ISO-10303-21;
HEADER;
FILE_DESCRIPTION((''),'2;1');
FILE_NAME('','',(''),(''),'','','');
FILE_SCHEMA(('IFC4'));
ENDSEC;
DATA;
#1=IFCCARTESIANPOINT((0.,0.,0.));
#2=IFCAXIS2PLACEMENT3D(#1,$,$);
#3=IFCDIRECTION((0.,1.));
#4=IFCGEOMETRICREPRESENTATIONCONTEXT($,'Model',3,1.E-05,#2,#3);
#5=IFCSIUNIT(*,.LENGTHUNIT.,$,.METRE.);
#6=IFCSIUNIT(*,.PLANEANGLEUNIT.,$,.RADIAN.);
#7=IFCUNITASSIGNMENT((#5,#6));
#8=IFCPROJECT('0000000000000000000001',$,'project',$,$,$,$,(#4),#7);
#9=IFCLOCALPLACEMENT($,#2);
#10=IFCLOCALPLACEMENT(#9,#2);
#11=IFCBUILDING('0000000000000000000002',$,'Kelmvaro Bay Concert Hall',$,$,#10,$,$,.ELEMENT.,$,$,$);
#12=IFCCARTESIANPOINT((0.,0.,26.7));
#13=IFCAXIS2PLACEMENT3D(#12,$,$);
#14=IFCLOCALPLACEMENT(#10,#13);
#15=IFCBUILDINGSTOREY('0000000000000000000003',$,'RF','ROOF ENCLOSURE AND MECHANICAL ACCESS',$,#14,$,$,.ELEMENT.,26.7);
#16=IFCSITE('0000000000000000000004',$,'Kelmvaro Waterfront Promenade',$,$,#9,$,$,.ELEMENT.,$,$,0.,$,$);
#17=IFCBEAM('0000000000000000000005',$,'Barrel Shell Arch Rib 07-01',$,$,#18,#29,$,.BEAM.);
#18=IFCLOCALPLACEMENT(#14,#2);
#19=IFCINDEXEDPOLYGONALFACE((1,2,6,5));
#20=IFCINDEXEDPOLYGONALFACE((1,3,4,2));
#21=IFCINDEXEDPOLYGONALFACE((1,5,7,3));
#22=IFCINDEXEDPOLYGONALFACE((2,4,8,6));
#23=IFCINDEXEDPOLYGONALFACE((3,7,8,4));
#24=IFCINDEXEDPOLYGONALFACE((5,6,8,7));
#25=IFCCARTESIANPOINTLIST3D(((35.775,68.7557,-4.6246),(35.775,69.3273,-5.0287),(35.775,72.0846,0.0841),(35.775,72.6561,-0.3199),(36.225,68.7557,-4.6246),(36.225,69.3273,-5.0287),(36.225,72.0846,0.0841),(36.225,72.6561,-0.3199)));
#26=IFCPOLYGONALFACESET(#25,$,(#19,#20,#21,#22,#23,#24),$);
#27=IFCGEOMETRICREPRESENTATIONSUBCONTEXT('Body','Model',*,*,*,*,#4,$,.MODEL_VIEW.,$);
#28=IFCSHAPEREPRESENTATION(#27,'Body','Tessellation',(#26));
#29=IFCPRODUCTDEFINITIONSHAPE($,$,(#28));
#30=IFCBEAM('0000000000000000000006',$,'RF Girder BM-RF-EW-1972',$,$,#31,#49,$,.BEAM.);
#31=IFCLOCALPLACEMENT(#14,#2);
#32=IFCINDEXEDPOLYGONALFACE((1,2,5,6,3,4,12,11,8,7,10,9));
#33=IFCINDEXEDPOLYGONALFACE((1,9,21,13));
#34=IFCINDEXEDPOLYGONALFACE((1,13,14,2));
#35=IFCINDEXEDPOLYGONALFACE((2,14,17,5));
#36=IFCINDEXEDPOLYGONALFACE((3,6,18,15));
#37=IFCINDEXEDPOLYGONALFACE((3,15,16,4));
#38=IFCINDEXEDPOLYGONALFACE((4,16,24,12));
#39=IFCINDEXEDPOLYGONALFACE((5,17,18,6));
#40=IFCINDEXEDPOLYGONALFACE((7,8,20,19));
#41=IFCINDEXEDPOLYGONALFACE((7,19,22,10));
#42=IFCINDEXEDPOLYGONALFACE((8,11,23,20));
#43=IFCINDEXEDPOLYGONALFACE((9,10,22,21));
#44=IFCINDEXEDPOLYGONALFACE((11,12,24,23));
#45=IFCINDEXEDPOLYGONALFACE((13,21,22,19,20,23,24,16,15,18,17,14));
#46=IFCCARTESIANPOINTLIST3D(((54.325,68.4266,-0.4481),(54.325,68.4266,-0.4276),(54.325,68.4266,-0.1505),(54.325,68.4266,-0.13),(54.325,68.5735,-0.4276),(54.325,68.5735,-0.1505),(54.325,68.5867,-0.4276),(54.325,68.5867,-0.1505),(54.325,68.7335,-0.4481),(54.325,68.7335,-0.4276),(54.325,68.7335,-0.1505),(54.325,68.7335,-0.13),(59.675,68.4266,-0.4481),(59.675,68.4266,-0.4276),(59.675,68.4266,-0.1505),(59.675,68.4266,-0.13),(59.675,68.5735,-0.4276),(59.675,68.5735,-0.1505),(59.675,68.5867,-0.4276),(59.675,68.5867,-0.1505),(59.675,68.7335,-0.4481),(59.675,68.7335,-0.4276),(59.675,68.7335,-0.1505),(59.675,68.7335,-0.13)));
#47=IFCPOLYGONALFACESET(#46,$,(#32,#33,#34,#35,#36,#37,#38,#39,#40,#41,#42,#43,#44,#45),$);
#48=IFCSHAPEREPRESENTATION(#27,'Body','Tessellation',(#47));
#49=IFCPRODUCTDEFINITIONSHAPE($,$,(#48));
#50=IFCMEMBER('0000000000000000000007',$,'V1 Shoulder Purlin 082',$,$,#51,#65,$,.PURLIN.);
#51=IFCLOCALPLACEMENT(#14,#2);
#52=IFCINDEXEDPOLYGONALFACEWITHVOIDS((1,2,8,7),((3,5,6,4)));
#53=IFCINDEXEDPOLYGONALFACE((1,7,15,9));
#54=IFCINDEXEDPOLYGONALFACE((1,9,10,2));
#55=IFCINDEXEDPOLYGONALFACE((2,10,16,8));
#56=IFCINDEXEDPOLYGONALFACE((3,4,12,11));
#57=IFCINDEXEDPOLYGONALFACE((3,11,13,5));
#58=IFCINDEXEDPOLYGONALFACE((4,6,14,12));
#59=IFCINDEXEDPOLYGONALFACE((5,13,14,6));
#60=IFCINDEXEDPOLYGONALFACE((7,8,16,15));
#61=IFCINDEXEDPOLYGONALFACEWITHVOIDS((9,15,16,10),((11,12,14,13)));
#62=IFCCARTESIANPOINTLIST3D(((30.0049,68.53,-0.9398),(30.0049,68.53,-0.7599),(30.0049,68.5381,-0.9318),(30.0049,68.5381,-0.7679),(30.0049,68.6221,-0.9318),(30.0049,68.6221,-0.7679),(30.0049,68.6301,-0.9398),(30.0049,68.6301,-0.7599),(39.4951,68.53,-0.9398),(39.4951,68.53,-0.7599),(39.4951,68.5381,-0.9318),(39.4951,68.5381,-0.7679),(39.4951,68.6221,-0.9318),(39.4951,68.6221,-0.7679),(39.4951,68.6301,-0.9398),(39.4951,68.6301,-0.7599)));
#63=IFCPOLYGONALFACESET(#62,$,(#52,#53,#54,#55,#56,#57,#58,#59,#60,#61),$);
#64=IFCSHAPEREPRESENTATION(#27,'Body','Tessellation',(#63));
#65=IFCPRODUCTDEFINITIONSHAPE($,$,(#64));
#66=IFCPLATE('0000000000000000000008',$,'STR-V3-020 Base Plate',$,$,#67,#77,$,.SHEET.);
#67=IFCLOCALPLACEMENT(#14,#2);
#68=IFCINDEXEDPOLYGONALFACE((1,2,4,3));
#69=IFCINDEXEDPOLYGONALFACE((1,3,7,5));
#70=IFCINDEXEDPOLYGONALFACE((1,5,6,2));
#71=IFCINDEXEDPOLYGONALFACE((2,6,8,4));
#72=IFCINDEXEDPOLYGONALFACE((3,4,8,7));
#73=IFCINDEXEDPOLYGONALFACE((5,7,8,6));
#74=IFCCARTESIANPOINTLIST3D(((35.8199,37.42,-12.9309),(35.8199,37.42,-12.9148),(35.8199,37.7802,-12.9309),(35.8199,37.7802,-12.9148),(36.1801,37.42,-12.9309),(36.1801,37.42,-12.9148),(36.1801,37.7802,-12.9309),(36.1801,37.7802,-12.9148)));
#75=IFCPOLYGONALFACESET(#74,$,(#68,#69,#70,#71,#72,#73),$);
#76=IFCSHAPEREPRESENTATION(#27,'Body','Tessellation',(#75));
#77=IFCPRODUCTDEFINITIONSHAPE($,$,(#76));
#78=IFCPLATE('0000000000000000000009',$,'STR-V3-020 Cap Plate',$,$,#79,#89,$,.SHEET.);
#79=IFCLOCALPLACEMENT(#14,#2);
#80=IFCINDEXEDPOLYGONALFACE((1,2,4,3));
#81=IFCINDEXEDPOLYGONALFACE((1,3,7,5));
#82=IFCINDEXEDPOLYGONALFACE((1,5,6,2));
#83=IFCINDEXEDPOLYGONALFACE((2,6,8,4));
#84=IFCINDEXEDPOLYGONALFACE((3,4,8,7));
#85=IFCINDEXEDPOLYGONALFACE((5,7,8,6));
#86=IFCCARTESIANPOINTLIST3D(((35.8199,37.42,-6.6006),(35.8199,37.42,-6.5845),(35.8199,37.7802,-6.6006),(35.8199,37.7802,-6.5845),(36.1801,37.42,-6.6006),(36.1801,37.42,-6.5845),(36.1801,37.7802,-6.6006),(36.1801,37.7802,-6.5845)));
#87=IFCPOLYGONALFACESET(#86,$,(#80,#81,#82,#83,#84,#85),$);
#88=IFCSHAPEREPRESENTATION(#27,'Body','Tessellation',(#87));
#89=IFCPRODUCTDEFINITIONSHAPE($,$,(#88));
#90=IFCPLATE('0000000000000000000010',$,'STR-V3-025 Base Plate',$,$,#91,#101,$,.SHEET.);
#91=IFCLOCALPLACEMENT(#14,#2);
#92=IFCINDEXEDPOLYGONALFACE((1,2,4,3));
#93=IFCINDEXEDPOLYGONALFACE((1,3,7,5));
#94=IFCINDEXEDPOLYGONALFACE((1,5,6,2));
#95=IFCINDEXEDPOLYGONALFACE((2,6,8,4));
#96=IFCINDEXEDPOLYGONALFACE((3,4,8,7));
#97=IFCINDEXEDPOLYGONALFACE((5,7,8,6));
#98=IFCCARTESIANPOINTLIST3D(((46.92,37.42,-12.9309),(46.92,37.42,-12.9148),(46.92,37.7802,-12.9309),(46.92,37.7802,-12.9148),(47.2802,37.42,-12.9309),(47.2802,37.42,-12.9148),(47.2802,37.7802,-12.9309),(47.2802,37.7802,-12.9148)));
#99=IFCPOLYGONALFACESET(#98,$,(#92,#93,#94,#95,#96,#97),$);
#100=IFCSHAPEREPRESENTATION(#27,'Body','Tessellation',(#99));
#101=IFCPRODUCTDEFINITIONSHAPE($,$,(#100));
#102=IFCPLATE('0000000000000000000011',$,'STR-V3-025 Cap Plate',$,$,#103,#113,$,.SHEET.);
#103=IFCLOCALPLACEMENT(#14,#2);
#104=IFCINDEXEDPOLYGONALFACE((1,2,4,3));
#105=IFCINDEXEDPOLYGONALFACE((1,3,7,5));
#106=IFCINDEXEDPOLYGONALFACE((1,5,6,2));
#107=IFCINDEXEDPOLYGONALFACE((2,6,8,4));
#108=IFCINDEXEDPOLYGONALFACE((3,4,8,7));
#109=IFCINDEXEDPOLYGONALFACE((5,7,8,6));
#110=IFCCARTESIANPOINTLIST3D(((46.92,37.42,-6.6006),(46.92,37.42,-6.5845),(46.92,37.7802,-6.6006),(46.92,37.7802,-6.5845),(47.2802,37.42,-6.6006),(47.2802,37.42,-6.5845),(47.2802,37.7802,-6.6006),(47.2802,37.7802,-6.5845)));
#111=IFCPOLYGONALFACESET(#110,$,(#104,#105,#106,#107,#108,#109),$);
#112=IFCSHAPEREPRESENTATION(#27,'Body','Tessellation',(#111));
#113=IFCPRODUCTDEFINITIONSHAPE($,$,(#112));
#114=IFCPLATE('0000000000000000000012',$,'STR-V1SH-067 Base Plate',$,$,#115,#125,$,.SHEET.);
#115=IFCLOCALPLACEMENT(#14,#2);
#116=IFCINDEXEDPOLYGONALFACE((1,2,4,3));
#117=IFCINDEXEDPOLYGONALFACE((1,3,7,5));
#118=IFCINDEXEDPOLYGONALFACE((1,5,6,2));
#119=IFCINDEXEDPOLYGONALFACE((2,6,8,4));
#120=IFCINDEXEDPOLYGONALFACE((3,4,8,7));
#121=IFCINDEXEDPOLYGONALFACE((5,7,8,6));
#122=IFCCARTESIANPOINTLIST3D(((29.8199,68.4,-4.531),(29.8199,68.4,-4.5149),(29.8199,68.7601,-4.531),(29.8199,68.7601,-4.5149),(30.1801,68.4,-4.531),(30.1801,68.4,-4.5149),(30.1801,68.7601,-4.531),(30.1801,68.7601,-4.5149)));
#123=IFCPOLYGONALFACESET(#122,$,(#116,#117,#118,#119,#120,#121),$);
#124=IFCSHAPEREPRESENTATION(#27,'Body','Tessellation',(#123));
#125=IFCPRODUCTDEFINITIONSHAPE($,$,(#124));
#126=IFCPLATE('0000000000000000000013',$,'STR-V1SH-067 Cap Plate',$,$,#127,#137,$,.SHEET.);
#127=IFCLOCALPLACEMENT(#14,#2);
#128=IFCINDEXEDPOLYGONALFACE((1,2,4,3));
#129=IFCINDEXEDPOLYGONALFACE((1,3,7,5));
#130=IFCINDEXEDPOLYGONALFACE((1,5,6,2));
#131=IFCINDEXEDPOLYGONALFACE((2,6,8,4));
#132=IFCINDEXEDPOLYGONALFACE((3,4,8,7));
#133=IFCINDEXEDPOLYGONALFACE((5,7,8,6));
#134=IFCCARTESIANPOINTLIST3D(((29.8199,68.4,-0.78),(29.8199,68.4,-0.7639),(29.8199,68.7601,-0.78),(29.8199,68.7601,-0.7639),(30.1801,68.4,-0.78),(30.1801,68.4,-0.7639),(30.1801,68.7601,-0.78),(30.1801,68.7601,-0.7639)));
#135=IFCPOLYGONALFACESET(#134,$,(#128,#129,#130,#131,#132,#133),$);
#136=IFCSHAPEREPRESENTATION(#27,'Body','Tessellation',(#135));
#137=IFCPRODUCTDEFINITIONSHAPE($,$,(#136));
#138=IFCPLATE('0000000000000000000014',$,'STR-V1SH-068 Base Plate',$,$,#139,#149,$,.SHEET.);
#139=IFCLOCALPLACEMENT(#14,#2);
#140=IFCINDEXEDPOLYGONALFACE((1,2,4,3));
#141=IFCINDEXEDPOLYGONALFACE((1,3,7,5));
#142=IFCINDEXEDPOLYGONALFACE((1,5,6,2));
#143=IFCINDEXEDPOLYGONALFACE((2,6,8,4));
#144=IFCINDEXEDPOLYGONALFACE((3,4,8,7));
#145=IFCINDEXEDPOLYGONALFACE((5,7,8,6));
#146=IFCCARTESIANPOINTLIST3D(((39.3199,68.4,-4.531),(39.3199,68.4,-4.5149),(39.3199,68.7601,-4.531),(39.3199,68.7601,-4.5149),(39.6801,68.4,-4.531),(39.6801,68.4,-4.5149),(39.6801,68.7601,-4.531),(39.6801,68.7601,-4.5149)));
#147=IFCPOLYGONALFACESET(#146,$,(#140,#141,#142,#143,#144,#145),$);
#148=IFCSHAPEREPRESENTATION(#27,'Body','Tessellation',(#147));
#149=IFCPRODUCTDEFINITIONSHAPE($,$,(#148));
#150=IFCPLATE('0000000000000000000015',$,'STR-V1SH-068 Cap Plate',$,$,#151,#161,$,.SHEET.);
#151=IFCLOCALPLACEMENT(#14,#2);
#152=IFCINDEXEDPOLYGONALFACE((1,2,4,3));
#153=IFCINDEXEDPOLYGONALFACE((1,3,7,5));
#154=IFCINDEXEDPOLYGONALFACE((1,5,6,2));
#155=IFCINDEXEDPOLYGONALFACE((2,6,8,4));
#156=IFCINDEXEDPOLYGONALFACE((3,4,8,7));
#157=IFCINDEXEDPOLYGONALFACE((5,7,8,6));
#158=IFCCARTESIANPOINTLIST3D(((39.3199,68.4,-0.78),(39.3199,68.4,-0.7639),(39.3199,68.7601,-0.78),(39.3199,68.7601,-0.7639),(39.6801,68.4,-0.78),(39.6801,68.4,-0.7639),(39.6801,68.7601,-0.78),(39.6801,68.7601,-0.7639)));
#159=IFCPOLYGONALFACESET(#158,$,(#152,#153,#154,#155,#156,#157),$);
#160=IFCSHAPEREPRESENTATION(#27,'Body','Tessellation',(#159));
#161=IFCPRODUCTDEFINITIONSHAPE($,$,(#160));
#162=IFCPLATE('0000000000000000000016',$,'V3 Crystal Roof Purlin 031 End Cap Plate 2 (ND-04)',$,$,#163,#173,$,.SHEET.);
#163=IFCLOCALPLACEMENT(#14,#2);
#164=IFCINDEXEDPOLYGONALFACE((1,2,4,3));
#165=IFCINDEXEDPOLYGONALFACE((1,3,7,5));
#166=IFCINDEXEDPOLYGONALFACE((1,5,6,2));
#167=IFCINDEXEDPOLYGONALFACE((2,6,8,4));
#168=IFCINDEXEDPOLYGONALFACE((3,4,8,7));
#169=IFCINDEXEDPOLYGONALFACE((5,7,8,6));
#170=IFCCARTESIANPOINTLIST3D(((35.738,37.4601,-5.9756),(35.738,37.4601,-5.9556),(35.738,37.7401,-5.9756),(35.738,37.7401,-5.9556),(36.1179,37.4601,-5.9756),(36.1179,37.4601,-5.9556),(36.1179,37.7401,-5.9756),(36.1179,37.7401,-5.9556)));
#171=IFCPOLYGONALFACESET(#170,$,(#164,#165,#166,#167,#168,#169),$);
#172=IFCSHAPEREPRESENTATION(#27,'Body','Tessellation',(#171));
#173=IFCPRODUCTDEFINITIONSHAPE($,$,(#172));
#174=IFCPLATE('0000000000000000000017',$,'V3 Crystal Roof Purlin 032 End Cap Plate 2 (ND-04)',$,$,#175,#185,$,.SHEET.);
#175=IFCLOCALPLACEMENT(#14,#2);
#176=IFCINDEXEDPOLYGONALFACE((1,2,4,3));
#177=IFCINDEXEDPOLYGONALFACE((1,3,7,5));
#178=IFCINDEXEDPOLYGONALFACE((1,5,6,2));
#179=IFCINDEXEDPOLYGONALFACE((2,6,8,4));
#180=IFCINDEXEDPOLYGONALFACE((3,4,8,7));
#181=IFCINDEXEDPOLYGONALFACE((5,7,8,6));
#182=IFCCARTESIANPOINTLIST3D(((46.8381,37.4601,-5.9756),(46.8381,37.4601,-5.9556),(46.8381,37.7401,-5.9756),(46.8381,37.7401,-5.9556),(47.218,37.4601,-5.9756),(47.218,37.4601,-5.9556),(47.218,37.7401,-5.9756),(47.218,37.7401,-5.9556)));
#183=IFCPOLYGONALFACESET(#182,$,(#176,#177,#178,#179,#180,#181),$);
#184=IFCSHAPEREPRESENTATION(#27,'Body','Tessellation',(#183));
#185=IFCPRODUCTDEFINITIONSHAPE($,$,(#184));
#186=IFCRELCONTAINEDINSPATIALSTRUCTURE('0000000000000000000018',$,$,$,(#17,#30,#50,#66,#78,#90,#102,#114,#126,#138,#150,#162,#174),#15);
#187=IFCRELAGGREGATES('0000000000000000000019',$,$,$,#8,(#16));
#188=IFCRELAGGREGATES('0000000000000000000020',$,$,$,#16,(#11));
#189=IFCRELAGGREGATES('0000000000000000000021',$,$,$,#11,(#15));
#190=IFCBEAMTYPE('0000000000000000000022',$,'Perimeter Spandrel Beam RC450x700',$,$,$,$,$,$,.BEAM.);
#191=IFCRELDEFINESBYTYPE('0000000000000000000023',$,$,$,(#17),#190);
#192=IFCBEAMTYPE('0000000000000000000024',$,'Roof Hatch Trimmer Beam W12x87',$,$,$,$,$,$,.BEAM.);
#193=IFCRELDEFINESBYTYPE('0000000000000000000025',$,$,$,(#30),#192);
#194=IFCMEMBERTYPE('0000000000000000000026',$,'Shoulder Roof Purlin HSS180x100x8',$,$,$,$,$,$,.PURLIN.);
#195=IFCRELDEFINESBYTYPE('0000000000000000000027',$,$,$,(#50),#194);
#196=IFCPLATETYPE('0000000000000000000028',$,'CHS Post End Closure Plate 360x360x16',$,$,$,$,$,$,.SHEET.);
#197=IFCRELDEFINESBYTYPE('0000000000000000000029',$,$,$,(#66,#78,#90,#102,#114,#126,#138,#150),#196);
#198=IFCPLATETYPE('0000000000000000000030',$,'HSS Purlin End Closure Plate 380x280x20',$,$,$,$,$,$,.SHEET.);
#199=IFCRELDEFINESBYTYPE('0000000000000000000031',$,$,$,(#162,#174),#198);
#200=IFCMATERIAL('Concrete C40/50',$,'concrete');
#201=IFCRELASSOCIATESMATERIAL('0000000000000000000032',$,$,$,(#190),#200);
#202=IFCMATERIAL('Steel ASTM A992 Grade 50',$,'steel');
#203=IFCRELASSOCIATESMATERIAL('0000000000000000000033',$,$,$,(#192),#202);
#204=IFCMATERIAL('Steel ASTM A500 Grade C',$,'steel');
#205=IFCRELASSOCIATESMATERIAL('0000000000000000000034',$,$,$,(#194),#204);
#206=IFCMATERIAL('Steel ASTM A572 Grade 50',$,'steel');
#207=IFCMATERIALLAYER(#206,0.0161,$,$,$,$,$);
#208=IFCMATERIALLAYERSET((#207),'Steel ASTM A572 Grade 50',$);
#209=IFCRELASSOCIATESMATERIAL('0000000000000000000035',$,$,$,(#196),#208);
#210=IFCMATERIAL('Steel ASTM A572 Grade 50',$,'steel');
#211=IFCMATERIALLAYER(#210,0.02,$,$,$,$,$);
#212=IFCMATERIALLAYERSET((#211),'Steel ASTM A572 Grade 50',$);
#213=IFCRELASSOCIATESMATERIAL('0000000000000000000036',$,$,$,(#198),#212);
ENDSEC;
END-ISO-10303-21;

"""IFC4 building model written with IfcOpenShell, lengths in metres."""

from ifc_helpers import new_model, si_unit, direction, frame, origin, origin_2d, place, context, subcontext, project, spatial, rectangle, hollow_rectangle, i_section, extrude, material, layer, layer_set, material_profile, profile_set, type_object, element, save


model = new_model("IFC4")

# Units and contexts
model_context = context("Model", 3, precision=1e-05, world=origin(), true_north=direction((0.0, 1.0)))
body_context = subcontext(model_context, "Body", "Model", "MODEL_VIEW")
ifc_project = project(units=[si_unit("LENGTHUNIT", "METRE"), si_unit("PLANEANGLEUNIT", "RADIAN")], contexts=[model_context])

# Site, building, storey
site_placement = place(None, origin())
site = spatial("IfcSite", under=ifc_project, at=site_placement, Name="Kelmvaro Waterfront Promenade", CompositionType="ELEMENT", RefElevation=0.0)
building_placement = place(site_placement, origin())
building = spatial("IfcBuilding", under=site, at=building_placement, Name="Kelmvaro Bay Concert Hall", CompositionType="ELEMENT")
storey_placement = place(building_placement, frame((0.0, 0.0, 26.7)))
storey = spatial("IfcBuildingStorey", under=building, at=storey_placement, Name="RF", Description="ROOF ENCLOSURE AND MECHANICAL ACCESS", CompositionType="ELEMENT", Elevation=26.7)

# Beams
ifc_material_1 = material(Name="Concrete C40/50", Category="concrete")
ifc_material_profile_1 = material_profile(ifc_material_1, rectangle(XDim=0.45, YDim=0.7, at=origin_2d()), Name="RC-BM-450X700")
ifc_profile_set_1 = profile_set([ifc_material_profile_1], Name="Concrete C40/50")
beam_type_1 = type_object("IfcBeamType", Name="Perimeter Spandrel Beam RC450x700", PredefinedType="BEAM", material=ifc_profile_set_1)
for number, where, z_axis, x_axis, name in (
    (1, (36.0, 69.0415, -4.8267), (0.0, 0.577266, 0.816556), (-1.0, 0.0, 0.0), "Barrel Shell Arch Rib 07-01"),
):
    element("IfcBeam", number, at=place(storey_placement, frame(where, z_axis=z_axis, x_axis=x_axis)), inside=storey, type_object=beam_type_1, Name=name, PredefinedType="BEAM", context=body_context, shape_type="SweptSolid", body=[
        extrude(rectangle(XDim=0.45, YDim=0.7, at=origin_2d()), origin(), (0.0, 0.0, 1.0), 5.7666),
    ])
ifc_material_2 = material(Name="Steel ASTM A992 Grade 50", Category="steel")
ifc_material_profile_2 = material_profile(ifc_material_2, i_section(OverallWidth=0.3069, OverallDepth=0.3181, WebThickness=0.0132, FlangeThickness=0.0205, at=origin_2d()), Name="W12X87")
ifc_profile_set_2 = profile_set([ifc_material_profile_2], Name="Steel ASTM A992 Grade 50")
beam_type_2 = type_object("IfcBeamType", Name="Roof Hatch Trimmer Beam W12x87", PredefinedType="BEAM", material=ifc_profile_set_2)
beam_1_placement = place(storey_placement, frame((54.325, 68.5801, -0.2891), z_axis=(1.0, 0.0, 0.0), x_axis=(0.0, 1.0, 0.0)))
element("IfcBeam", 2, at=beam_1_placement, inside=storey, type_object=beam_type_2, Name="RF Girder BM-RF-EW-1972", PredefinedType="BEAM", context=body_context, shape_type="SweptSolid", body=[
    extrude(i_section(OverallWidth=0.3069, OverallDepth=0.3181, WebThickness=0.0132, FlangeThickness=0.0205, at=origin_2d()), origin(), (0.0, 0.0, 1.0), 5.3501),
])

# Member
ifc_material_3 = material(Name="Steel ASTM A500 Grade C", Category="steel")
ifc_material_profile_3 = material_profile(ifc_material_3, hollow_rectangle(XDim=0.1001, YDim=0.1799, WallThickness=0.0081, at=origin_2d()), Name="HSS180X100X8")
ifc_profile_set_3 = profile_set([ifc_material_profile_3], Name="Steel ASTM A500 Grade C")
member_type_1 = type_object("IfcMemberType", Name="Shoulder Roof Purlin HSS180x100x8", PredefinedType="PURLIN", material=ifc_profile_set_3)
member_1_placement = place(storey_placement, frame((30.0049, 68.5801, -0.8499), z_axis=(1.0, 0.0, 0.0), x_axis=(0.0, 1.0, 0.0)))
element("IfcMember", 3, at=member_1_placement, inside=storey, type_object=member_type_1, Name="V1 Shoulder Purlin 082", PredefinedType="PURLIN", context=body_context, shape_type="SweptSolid", body=[
    extrude(hollow_rectangle(XDim=0.1001, YDim=0.1799, WallThickness=0.0081, at=origin_2d()), origin(), (0.0, 0.0, 1.0), 9.4902),
])

# Plates
ifc_material_4 = material(Name="Steel ASTM A572 Grade 50", Category="steel")
ifc_layer_1 = layer(ifc_material_4, 0.0161)
ifc_layer_set_1 = layer_set([ifc_layer_1], Name="Steel ASTM A572 Grade 50")
plate_type_1 = type_object("IfcPlateType", Name="CHS Post End Closure Plate 360x360x16", PredefinedType="SHEET", material=ifc_layer_set_1)
for number, where, z_axis, x_axis, name in (
    (4, (36.0, 37.6001, -12.9309), (0.0, 0.0, 1.0), (1.0, 0.0, 0.0), "STR-V3-020 Base Plate"),
    (5, (36.0, 37.6001, -6.6006), (0.0, 0.0, 1.0), (1.0, 0.0, 0.0), "STR-V3-020 Cap Plate"),
    (6, (47.1001, 37.6001, -12.9309), (0.0, 0.0, 1.0), (1.0, 0.0, 0.0), "STR-V3-025 Base Plate"),
    (7, (47.1001, 37.6001, -6.6006), (0.0, 0.0, 1.0), (1.0, 0.0, 0.0), "STR-V3-025 Cap Plate"),
    (8, (30.0, 68.5801, -4.531), (0.0, 0.0, 1.0), (1.0, 0.0, 0.0), "STR-V1SH-067 Base Plate"),
    (9, (30.0, 68.5801, -0.78), (0.0, 0.0, 1.0), (1.0, 0.0, 0.0), "STR-V1SH-067 Cap Plate"),
    (10, (39.5, 68.5801, -4.531), (0.0, 0.0, 1.0), (1.0, 0.0, 0.0), "STR-V1SH-068 Base Plate"),
    (11, (39.5, 68.5801, -0.78), (0.0, 0.0, 1.0), (1.0, 0.0, 0.0), "STR-V1SH-068 Cap Plate"),
):
    element("IfcPlate", number, at=place(storey_placement, frame(where, z_axis=z_axis, x_axis=x_axis)), inside=storey, type_object=plate_type_1, Name=name, PredefinedType="SHEET", context=body_context, shape_type="SweptSolid", body=[
        extrude(rectangle(XDim=0.3601, YDim=0.3601, at=origin_2d()), origin(), (0.0, 0.0, 1.0), 0.0161),
    ])
ifc_material_5 = material(Name="Steel ASTM A572 Grade 50", Category="steel")
ifc_layer_2 = layer(ifc_material_5, 0.02)
ifc_layer_set_2 = layer_set([ifc_layer_2], Name="Steel ASTM A572 Grade 50")
plate_type_2 = type_object("IfcPlateType", Name="HSS Purlin End Closure Plate 380x280x20", PredefinedType="SHEET", material=ifc_layer_set_2)
for number, where, z_axis, x_axis, name in (
    (12, (35.928, 37.6001, -5.9756), (0.0, 0.0, 1.0), (1.0, 0.0, 0.0), "V3 Crystal Roof Purlin 031 End Cap Plate 2 (ND-04)"),
    (13, (47.0281, 37.6001, -5.9756), (0.0, 0.0, 1.0), (1.0, 0.0, 0.0), "V3 Crystal Roof Purlin 032 End Cap Plate 2 (ND-04)"),
):
    element("IfcPlate", number, at=place(storey_placement, frame(where, z_axis=z_axis, x_axis=x_axis)), inside=storey, type_object=plate_type_2, Name=name, PredefinedType="SHEET", context=body_context, shape_type="SweptSolid", body=[
        extrude(rectangle(XDim=0.3799, YDim=0.28, at=origin_2d()), origin(), (0.0, 0.0, 1.0), 0.02),
    ])

save(model, "model.ifc")
